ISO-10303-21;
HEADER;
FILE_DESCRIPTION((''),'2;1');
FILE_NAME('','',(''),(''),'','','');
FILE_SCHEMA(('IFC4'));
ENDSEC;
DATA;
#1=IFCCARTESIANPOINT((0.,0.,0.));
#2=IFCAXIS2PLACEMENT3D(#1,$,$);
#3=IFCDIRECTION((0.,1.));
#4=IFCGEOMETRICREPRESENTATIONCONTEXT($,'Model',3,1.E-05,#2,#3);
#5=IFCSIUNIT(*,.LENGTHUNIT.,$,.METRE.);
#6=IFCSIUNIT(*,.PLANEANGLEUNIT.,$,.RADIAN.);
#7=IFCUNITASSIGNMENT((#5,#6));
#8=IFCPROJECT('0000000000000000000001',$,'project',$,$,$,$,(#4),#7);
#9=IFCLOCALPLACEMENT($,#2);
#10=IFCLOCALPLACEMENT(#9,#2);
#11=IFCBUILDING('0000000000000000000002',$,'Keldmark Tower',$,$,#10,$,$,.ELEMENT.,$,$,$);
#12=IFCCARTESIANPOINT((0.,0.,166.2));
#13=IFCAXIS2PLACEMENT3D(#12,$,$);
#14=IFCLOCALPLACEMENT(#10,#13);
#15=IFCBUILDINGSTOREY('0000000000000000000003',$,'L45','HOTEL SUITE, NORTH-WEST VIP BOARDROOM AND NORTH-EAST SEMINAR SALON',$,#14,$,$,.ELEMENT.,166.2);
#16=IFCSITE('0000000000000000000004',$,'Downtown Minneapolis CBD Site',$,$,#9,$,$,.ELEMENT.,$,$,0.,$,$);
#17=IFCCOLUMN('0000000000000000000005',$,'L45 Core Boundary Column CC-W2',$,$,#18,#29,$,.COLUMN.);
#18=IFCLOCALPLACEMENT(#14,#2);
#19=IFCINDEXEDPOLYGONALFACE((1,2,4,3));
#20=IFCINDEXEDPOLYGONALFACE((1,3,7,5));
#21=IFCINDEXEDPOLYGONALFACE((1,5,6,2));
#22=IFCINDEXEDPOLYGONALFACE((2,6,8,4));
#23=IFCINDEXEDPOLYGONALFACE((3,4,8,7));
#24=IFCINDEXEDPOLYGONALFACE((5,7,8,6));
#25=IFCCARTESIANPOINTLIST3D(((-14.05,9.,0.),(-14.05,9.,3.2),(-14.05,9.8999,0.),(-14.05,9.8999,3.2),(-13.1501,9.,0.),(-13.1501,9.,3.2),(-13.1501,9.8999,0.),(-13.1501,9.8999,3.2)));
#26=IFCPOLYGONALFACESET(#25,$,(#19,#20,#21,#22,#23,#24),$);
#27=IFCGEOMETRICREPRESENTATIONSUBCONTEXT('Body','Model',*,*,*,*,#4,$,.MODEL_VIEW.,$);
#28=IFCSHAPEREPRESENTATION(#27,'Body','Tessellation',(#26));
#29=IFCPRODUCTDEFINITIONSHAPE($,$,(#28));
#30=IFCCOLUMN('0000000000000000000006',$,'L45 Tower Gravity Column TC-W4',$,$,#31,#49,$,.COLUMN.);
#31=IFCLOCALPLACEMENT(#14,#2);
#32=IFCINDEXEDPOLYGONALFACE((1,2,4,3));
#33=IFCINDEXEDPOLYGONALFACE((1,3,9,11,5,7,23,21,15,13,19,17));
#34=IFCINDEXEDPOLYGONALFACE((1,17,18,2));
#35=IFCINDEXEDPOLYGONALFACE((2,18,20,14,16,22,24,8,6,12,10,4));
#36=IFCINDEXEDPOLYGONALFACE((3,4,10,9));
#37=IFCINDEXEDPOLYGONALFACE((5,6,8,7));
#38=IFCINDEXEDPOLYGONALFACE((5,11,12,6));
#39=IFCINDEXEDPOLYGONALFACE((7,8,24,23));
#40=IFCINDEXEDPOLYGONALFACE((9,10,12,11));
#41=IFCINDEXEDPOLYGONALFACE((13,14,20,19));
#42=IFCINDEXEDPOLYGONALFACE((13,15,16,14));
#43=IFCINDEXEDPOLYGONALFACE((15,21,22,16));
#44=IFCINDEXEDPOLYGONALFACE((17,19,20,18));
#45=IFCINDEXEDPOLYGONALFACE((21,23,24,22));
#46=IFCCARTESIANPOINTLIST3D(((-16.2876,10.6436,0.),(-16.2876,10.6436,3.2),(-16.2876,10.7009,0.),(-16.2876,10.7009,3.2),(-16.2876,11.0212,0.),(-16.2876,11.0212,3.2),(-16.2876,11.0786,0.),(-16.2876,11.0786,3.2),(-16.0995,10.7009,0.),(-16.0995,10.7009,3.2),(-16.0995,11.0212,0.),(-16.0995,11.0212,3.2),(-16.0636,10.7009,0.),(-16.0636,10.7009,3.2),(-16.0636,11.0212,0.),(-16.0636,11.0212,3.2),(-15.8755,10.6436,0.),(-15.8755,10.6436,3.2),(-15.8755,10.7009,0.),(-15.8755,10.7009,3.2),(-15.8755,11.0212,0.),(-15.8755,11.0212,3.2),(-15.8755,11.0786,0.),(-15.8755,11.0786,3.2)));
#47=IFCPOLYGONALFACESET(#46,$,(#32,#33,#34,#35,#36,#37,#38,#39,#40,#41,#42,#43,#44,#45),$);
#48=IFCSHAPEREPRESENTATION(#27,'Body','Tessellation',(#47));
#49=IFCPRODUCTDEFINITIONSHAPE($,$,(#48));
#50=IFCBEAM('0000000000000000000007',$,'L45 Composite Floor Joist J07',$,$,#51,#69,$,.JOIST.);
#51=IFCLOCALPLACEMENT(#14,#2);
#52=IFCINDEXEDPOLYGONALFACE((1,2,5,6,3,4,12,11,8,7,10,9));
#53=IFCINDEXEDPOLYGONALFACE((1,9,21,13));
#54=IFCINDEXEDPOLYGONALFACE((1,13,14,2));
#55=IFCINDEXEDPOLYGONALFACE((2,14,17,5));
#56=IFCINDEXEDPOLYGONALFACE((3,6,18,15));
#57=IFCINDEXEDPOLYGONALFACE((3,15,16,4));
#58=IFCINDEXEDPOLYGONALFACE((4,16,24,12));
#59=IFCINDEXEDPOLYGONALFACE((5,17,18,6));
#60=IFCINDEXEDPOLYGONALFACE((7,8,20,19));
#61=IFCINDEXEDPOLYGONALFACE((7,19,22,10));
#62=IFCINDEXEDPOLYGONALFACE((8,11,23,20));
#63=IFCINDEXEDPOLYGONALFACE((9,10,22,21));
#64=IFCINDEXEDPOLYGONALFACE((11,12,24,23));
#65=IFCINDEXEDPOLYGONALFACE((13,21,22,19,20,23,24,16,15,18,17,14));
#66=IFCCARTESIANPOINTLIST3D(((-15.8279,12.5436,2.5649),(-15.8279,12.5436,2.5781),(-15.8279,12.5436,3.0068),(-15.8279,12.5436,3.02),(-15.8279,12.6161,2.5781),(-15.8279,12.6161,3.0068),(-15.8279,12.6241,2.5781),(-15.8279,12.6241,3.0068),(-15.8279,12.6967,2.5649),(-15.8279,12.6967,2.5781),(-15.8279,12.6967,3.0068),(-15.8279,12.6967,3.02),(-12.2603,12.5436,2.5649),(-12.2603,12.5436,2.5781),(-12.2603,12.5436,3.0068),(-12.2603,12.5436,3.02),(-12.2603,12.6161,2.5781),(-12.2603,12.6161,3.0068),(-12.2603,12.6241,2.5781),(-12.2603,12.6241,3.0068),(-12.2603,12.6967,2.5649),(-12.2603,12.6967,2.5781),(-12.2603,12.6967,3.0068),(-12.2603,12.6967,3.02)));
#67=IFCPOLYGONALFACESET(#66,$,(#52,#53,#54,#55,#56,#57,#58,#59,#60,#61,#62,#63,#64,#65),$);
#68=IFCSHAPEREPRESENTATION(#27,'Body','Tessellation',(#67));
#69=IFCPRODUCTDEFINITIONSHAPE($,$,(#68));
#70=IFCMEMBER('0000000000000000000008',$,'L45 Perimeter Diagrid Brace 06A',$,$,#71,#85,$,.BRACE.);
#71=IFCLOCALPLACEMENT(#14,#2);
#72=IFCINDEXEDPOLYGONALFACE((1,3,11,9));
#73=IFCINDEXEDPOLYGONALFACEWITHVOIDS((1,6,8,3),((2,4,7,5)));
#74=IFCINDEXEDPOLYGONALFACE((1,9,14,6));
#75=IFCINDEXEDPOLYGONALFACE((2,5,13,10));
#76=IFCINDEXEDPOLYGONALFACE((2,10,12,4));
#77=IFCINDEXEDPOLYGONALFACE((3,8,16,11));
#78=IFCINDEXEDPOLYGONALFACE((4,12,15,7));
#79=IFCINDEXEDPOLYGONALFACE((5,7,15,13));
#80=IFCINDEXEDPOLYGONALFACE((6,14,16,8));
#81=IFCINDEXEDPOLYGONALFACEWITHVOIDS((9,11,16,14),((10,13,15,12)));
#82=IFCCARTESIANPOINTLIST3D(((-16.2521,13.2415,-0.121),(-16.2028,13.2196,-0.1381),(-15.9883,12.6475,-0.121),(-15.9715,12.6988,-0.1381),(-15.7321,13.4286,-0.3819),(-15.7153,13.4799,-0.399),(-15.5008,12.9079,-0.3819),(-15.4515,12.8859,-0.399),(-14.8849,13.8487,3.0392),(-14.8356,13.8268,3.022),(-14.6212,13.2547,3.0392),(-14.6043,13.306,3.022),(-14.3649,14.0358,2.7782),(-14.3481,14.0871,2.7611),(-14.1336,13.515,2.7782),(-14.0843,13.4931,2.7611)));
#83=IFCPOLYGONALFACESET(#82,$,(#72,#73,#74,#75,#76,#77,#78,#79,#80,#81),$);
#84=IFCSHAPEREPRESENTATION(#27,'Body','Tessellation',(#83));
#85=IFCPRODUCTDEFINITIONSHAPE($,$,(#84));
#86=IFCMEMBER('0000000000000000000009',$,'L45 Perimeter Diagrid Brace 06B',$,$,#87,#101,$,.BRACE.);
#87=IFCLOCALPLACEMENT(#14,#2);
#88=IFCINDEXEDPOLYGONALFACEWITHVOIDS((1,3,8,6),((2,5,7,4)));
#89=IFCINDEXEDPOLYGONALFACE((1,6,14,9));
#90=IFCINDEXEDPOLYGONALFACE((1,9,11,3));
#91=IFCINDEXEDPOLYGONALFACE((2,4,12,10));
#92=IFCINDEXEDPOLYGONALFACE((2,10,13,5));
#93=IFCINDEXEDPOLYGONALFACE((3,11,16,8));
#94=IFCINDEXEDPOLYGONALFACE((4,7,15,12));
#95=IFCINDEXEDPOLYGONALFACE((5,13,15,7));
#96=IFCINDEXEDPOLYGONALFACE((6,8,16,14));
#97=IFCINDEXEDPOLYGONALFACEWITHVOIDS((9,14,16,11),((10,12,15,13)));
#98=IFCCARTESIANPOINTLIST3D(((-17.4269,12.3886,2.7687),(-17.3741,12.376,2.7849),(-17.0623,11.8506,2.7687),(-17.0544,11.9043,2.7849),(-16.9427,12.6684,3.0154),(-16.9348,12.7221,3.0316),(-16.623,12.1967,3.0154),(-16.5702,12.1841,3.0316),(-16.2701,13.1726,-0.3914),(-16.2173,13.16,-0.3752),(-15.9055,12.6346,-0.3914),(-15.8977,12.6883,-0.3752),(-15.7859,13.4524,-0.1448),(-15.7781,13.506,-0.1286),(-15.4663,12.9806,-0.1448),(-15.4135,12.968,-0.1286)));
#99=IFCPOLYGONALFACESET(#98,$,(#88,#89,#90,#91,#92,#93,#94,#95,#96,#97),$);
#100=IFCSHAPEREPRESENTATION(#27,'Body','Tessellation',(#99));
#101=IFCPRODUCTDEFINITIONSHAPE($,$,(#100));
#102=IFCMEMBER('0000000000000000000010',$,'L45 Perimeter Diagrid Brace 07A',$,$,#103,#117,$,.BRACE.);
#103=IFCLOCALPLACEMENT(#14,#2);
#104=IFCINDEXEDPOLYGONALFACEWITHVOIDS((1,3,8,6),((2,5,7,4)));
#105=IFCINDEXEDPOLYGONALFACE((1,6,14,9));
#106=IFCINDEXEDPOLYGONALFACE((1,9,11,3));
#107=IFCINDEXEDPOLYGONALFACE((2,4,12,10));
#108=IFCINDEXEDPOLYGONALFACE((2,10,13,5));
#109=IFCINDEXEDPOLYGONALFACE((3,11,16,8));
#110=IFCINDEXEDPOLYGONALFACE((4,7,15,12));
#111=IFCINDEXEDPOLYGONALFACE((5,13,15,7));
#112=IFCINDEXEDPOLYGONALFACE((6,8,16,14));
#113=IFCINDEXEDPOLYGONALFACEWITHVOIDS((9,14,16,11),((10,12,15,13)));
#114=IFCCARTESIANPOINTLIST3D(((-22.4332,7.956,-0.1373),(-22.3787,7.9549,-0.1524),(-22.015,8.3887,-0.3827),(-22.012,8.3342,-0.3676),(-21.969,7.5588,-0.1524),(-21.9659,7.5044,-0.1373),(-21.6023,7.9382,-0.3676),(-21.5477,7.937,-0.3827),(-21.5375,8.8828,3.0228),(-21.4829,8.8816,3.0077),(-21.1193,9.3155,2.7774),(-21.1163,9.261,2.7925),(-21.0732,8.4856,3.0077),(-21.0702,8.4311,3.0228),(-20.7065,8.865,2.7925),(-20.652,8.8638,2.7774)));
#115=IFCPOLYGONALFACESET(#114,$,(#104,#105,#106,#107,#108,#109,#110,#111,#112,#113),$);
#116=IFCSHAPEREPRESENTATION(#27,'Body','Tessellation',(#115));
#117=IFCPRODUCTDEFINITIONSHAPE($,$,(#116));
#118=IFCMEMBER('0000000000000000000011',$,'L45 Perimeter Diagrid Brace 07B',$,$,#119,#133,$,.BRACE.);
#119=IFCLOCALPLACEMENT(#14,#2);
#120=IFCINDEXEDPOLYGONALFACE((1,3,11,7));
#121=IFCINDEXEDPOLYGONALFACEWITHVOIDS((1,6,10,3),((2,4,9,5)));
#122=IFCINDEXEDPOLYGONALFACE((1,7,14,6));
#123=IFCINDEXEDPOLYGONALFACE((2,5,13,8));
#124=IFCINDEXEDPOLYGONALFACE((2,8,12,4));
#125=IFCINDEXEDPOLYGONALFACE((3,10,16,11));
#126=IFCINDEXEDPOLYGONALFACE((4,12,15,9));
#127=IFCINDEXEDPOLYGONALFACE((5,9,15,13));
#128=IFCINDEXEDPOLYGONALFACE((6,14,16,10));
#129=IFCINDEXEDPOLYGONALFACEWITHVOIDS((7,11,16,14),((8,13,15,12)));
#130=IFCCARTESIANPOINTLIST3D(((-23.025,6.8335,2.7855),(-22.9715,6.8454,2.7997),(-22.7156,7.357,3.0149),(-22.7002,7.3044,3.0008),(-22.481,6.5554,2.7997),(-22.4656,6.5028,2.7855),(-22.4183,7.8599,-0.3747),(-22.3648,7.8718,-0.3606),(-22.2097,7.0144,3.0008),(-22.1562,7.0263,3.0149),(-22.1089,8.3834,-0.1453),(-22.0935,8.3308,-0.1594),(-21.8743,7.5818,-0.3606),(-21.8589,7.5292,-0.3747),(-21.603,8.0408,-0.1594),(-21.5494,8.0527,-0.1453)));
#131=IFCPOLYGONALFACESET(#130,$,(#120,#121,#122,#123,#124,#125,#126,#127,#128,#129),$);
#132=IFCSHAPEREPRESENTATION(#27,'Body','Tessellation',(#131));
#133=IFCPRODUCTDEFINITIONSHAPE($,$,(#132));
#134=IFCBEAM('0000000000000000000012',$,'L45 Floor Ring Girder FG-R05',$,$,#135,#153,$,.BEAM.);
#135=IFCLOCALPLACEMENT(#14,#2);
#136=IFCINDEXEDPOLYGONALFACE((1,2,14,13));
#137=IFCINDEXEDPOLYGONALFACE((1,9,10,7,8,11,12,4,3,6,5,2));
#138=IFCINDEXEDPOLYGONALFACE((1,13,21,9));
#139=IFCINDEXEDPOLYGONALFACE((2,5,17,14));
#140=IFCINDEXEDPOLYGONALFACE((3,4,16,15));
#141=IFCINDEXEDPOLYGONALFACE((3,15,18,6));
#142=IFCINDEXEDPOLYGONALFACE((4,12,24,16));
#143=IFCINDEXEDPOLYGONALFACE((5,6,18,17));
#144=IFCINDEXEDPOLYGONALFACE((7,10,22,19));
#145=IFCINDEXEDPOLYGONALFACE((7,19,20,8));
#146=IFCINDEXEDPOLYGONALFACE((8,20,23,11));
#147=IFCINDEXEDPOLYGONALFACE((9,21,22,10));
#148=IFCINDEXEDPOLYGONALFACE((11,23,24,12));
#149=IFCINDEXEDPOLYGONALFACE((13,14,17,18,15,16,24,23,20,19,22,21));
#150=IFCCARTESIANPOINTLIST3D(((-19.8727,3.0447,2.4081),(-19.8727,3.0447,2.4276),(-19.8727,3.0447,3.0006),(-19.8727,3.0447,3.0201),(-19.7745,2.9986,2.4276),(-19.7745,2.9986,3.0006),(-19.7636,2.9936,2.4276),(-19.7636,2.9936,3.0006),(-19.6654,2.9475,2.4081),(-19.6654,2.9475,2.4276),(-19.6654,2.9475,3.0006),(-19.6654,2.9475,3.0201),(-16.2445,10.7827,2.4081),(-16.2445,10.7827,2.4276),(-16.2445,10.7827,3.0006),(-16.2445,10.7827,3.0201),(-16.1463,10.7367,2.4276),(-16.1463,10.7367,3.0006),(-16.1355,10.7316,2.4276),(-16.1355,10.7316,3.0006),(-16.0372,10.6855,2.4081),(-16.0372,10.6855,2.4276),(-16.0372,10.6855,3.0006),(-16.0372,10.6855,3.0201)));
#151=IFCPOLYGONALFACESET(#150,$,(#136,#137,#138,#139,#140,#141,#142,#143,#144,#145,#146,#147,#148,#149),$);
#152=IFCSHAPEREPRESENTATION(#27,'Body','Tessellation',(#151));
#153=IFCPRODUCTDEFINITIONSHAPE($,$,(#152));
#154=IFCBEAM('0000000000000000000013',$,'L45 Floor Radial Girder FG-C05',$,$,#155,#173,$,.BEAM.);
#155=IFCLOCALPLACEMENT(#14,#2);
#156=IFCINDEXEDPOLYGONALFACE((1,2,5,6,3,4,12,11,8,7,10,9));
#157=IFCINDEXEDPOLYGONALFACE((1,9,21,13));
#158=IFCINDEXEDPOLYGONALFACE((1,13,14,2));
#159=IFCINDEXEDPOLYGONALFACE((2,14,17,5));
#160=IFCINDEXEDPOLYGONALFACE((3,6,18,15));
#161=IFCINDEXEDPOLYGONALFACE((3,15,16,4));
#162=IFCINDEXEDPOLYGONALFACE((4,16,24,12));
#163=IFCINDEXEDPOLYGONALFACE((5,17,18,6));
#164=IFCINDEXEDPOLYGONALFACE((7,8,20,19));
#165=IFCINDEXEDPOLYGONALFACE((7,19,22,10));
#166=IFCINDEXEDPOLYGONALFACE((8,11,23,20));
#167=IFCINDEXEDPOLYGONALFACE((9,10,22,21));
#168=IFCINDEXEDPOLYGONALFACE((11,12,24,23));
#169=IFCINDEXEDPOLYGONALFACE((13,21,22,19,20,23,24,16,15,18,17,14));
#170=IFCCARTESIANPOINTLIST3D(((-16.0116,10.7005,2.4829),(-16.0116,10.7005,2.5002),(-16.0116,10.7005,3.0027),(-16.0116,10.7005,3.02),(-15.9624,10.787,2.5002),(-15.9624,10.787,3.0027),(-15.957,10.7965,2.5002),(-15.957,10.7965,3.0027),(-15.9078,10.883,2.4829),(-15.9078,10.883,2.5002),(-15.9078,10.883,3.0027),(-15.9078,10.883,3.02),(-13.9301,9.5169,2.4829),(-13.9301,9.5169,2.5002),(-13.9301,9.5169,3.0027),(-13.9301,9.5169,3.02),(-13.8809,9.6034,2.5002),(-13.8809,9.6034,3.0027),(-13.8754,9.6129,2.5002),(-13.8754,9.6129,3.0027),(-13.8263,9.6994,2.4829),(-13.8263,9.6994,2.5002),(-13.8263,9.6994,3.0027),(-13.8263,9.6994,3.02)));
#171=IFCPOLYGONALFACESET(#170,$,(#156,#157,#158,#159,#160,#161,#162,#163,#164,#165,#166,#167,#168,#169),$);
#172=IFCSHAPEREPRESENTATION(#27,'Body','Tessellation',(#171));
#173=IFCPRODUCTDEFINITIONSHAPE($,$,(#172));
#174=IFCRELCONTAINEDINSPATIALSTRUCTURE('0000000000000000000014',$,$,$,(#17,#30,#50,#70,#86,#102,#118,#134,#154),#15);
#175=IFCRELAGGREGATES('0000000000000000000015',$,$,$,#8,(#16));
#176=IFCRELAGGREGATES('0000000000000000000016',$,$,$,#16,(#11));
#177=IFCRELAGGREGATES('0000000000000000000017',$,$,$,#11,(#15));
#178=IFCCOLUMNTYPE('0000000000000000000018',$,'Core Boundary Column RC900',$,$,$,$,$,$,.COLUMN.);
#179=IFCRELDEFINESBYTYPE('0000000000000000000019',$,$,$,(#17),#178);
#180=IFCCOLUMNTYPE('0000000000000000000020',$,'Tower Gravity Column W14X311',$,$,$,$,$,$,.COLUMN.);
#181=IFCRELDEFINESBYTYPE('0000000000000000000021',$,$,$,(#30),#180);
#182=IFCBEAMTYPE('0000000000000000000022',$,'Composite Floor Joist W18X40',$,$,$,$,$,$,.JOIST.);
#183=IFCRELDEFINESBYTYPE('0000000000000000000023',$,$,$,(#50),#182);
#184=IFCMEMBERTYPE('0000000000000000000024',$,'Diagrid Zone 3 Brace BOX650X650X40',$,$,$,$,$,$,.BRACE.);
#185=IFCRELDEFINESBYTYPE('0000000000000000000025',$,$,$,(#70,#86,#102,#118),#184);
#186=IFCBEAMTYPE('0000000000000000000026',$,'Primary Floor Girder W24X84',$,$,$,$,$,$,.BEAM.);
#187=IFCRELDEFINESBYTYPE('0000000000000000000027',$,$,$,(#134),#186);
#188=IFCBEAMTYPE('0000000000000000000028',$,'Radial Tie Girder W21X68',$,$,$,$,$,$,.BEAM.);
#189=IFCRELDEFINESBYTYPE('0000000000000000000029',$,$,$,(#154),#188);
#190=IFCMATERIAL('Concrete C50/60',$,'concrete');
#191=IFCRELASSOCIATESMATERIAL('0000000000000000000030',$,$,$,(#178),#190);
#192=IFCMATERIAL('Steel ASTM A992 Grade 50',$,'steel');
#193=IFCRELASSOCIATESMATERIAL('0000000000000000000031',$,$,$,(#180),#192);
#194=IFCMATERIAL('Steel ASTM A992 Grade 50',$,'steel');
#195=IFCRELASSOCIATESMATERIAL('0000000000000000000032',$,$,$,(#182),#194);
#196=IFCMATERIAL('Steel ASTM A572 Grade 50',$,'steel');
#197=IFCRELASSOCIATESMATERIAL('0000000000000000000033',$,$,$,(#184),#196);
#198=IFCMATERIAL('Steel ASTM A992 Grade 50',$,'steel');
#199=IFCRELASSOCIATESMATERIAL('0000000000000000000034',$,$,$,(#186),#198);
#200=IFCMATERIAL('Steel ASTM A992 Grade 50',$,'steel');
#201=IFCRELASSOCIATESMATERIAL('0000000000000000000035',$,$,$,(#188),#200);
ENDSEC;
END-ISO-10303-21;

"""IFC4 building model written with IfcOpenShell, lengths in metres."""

from ifc_helpers import new_model, si_unit, direction, frame, origin, origin_2d, place, context, subcontext, project, spatial, rectangle, hollow_rectangle, i_section, extrude, material, material_profile, profile_set, type_object, element, save


model = new_model("IFC4")

# Units and contexts
model_context = context("Model", 3, precision=1e-05, world=origin(), true_north=direction((0.0, 1.0)))
body_context = subcontext(model_context, "Body", "Model", "MODEL_VIEW")
ifc_project = project(units=[si_unit("LENGTHUNIT", "METRE"), si_unit("PLANEANGLEUNIT", "RADIAN")], contexts=[model_context])

# Site, building, storey
site_placement = place(None, origin())
site = spatial("IfcSite", under=ifc_project, at=site_placement, Name="Downtown Minneapolis CBD Site", CompositionType="ELEMENT", RefElevation=0.0)
building_placement = place(site_placement, origin())
building = spatial("IfcBuilding", under=site, at=building_placement, Name="Keldmark Tower", CompositionType="ELEMENT")
storey_placement = place(building_placement, frame((0.0, 0.0, 166.2)))
storey = spatial("IfcBuildingStorey", under=building, at=storey_placement, Name="L45", Description="HOTEL SUITE, NORTH-WEST VIP BOARDROOM AND NORTH-EAST SEMINAR SALON", CompositionType="ELEMENT", Elevation=166.2)

# Columns
ifc_material_1 = material(Name="Concrete C50/60", Category="concrete")
ifc_material_profile_1 = material_profile(ifc_material_1, rectangle(XDim=0.8999, YDim=0.8999, at=origin_2d()), Name="RC900X900")
ifc_profile_set_1 = profile_set([ifc_material_profile_1], Name="Concrete C50/60")
column_type_1 = type_object("IfcColumnType", Name="Core Boundary Column RC900", PredefinedType="COLUMN", material=ifc_profile_set_1)
column_1_placement = place(storey_placement, frame((-13.6001, 9.45, 0.0), z_axis=(0.0, 0.0, 1.0), x_axis=(1.0, 0.0, 0.0)))
element("IfcColumn", 1, at=column_1_placement, inside=storey, type_object=column_type_1, Name="L45 Core Boundary Column CC-W2", PredefinedType="COLUMN", context=body_context, shape_type="SweptSolid", body=[
    extrude(rectangle(XDim=0.8999, YDim=0.8999, at=origin_2d()), origin(), (0.0, 0.0, 1.0), 3.2),
])
ifc_material_2 = material(Name="Steel ASTM A992 Grade 50", Category="steel")
ifc_material_profile_2 = material_profile(ifc_material_2, i_section(OverallWidth=0.4121, OverallDepth=0.4351, WebThickness=0.0359, FlangeThickness=0.0574, at=origin_2d()), Name="W14X311")
ifc_profile_set_2 = profile_set([ifc_material_profile_2], Name="Steel ASTM A992 Grade 50")
column_type_2 = type_object("IfcColumnType", Name="Tower Gravity Column W14X311", PredefinedType="COLUMN", material=ifc_profile_set_2)
column_2_placement = place(storey_placement, frame((-16.0815, 10.8611, 0.0), z_axis=(0.0, 0.0, 1.0), x_axis=(1.0, 0.0, 0.0)))
element("IfcColumn", 2, at=column_2_placement, inside=storey, type_object=column_type_2, Name="L45 Tower Gravity Column TC-W4", PredefinedType="COLUMN", context=body_context, shape_type="SweptSolid", body=[
    extrude(i_section(OverallWidth=0.4121, OverallDepth=0.4351, WebThickness=0.0359, FlangeThickness=0.0574, at=origin_2d()), origin(), (0.0, 0.0, 1.0), 3.2),
])

# Beam
ifc_material_3 = material(Name="Steel ASTM A992 Grade 50", Category="steel")
ifc_material_profile_3 = material_profile(ifc_material_3, i_section(OverallWidth=0.1531, OverallDepth=0.4551, WebThickness=0.0081, FlangeThickness=0.0132, at=origin_2d()), Name="W18X40")
ifc_profile_set_3 = profile_set([ifc_material_profile_3], Name="Steel ASTM A992 Grade 50")
beam_type_1 = type_object("IfcBeamType", Name="Composite Floor Joist W18X40", PredefinedType="JOIST", material=ifc_profile_set_3)
beam_1_placement = place(storey_placement, frame((-15.8279, 12.6201, 2.7925), z_axis=(1.0, 0.0, 0.0), x_axis=(0.0, 1.0, 0.0)))
element("IfcBeam", 3, at=beam_1_placement, inside=storey, type_object=beam_type_1, Name="L45 Composite Floor Joist J07", PredefinedType="JOIST", context=body_context, shape_type="SweptSolid", body=[
    extrude(i_section(OverallWidth=0.1531, OverallDepth=0.4551, WebThickness=0.0081, FlangeThickness=0.0132, at=origin_2d()), origin(), (0.0, 0.0, 1.0), 3.5676),
])

# Members
ifc_material_4 = material(Name="Steel ASTM A572 Grade 50", Category="steel")
ifc_material_profile_4 = material_profile(ifc_material_4, hollow_rectangle(XDim=0.6499, YDim=0.6499, WallThickness=0.04, at=origin_2d()), Name="BOX650X650X40")
ifc_profile_set_4 = profile_set([ifc_material_profile_4], Name="Steel ASTM A572 Grade 50")
member_type = type_object("IfcMemberType", Name="Diagrid Zone 3 Brace BOX650X650X40", PredefinedType="BRACE", material=ifc_profile_set_4)
member_1_placement = place(storey_placement, frame((-15.8518, 13.0637, -0.26), z_axis=(0.391033, 0.173661, 0.903845), x_axis=(-0.405881, 0.913926, 0.0)))
element("IfcMember", 4, at=member_1_placement, inside=storey, type_object=member_type, Name="L45 Perimeter Diagrid Brace 06A", PredefinedType="BRACE", context=body_context, shape_type="SweptSolid", body=[
    extrude(hollow_rectangle(XDim=0.6499, YDim=0.6499, WallThickness=0.04, at=origin_2d()), origin(), (0.0, 0.0, 1.0), 3.4963),
])
member_2_placement = place(storey_placement, frame((-15.8418, 13.0703, -0.26), z_axis=(-0.334771, -0.226878, 0.914579), x_axis=(0.561014, -0.827806, 0.0)))
element("IfcMember", 5, at=member_2_placement, inside=storey, type_object=member_type, Name="L45 Perimeter Diagrid Brace 06B", PredefinedType="BRACE", context=body_context, shape_type="SweptSolid", body=[
    extrude(hollow_rectangle(XDim=0.6499, YDim=0.6499, WallThickness=0.04, at=origin_2d()), origin(), (0.0, 0.0, 1.0), 3.4553),
])
member_3_placement = place(storey_placement, frame((-21.9905, 7.9465, -0.26), z_axis=(0.262461, 0.271546, 0.925946), x_axis=(-0.719033, 0.694976, 0.0)))
element("IfcMember", 6, at=member_3_placement, inside=storey, type_object=member_type, Name="L45 Perimeter Diagrid Brace 07A", PredefinedType="BRACE", context=body_context, shape_type="SweptSolid", body=[
    extrude(hollow_rectangle(XDim=0.6499, YDim=0.6499, WallThickness=0.04, at=origin_2d()), origin(), (0.0, 0.0, 1.0), 3.4128),
])
member_4_placement = place(storey_placement, frame((-21.9839, 7.9563, -0.26), z_axis=(-0.179622, -0.303876, 0.935626), x_axis=(0.860853, -0.508853, 0.0)))
element("IfcMember", 7, at=member_4_placement, inside=storey, type_object=member_type, Name="L45 Perimeter Diagrid Brace 07B", PredefinedType="BRACE", context=body_context, shape_type="SweptSolid", body=[
    extrude(hollow_rectangle(XDim=0.6499, YDim=0.6499, WallThickness=0.04, at=origin_2d()), origin(), (0.0, 0.0, 1.0), 3.3777),
])

# Beams
ifc_material_5 = material(Name="Steel ASTM A992 Grade 50", Category="steel")
ifc_material_profile_5 = material_profile(ifc_material_5, i_section(OverallWidth=0.229, OverallDepth=0.6121, WebThickness=0.012, FlangeThickness=0.0195, at=origin_2d()), Name="W24X84")
ifc_profile_set_5 = profile_set([ifc_material_profile_5], Name="Steel ASTM A992 Grade 50")
beam_type_2 = type_object("IfcBeamType", Name="Primary Floor Girder W24X84", PredefinedType="BEAM", material=ifc_profile_set_5)
beam_2_placement = place(storey_placement, frame((-16.1409, 10.7341, 2.7141), z_axis=(-0.424527, -0.905415, 0.0), x_axis=(0.905415, -0.424527, 0.0)))
element("IfcBeam", 8, at=beam_2_placement, inside=storey, type_object=beam_type_2, Name="L45 Floor Ring Girder FG-R05", PredefinedType="BEAM", context=body_context, shape_type="SweptSolid", body=[
    extrude(i_section(OverallWidth=0.229, OverallDepth=0.6121, WebThickness=0.012, FlangeThickness=0.0195, at=origin_2d()), origin(), (0.0, 0.0, 1.0), 8.5464),
])
ifc_material_6 = material(Name="Steel ASTM A992 Grade 50", Category="steel")
ifc_material_profile_6 = material_profile(ifc_material_6, i_section(OverallWidth=0.21, OverallDepth=0.5371, WebThickness=0.011, FlangeThickness=0.0173, at=origin_2d()), Name="W21X68")
ifc_profile_set_6 = profile_set([ifc_material_profile_6], Name="Steel ASTM A992 Grade 50")
beam_type_3 = type_object("IfcBeamType", Name="Radial Tie Girder W21X68", PredefinedType="BEAM", material=ifc_profile_set_6)
beam_3_placement = place(storey_placement, frame((-15.9597, 10.7917, 2.7515), z_axis=(0.869295, -0.494293, 0.0), x_axis=(0.494293, 0.869295, 0.0)))
element("IfcBeam", 9, at=beam_3_placement, inside=storey, type_object=beam_type_3, Name="L45 Floor Radial Girder FG-C05", PredefinedType="BEAM", context=body_context, shape_type="SweptSolid", body=[
    extrude(i_section(OverallWidth=0.21, OverallDepth=0.5371, WebThickness=0.011, FlangeThickness=0.0173, at=origin_2d()), origin(), (0.0, 0.0, 1.0), 2.3945),
])

save(model, "model.ifc")
